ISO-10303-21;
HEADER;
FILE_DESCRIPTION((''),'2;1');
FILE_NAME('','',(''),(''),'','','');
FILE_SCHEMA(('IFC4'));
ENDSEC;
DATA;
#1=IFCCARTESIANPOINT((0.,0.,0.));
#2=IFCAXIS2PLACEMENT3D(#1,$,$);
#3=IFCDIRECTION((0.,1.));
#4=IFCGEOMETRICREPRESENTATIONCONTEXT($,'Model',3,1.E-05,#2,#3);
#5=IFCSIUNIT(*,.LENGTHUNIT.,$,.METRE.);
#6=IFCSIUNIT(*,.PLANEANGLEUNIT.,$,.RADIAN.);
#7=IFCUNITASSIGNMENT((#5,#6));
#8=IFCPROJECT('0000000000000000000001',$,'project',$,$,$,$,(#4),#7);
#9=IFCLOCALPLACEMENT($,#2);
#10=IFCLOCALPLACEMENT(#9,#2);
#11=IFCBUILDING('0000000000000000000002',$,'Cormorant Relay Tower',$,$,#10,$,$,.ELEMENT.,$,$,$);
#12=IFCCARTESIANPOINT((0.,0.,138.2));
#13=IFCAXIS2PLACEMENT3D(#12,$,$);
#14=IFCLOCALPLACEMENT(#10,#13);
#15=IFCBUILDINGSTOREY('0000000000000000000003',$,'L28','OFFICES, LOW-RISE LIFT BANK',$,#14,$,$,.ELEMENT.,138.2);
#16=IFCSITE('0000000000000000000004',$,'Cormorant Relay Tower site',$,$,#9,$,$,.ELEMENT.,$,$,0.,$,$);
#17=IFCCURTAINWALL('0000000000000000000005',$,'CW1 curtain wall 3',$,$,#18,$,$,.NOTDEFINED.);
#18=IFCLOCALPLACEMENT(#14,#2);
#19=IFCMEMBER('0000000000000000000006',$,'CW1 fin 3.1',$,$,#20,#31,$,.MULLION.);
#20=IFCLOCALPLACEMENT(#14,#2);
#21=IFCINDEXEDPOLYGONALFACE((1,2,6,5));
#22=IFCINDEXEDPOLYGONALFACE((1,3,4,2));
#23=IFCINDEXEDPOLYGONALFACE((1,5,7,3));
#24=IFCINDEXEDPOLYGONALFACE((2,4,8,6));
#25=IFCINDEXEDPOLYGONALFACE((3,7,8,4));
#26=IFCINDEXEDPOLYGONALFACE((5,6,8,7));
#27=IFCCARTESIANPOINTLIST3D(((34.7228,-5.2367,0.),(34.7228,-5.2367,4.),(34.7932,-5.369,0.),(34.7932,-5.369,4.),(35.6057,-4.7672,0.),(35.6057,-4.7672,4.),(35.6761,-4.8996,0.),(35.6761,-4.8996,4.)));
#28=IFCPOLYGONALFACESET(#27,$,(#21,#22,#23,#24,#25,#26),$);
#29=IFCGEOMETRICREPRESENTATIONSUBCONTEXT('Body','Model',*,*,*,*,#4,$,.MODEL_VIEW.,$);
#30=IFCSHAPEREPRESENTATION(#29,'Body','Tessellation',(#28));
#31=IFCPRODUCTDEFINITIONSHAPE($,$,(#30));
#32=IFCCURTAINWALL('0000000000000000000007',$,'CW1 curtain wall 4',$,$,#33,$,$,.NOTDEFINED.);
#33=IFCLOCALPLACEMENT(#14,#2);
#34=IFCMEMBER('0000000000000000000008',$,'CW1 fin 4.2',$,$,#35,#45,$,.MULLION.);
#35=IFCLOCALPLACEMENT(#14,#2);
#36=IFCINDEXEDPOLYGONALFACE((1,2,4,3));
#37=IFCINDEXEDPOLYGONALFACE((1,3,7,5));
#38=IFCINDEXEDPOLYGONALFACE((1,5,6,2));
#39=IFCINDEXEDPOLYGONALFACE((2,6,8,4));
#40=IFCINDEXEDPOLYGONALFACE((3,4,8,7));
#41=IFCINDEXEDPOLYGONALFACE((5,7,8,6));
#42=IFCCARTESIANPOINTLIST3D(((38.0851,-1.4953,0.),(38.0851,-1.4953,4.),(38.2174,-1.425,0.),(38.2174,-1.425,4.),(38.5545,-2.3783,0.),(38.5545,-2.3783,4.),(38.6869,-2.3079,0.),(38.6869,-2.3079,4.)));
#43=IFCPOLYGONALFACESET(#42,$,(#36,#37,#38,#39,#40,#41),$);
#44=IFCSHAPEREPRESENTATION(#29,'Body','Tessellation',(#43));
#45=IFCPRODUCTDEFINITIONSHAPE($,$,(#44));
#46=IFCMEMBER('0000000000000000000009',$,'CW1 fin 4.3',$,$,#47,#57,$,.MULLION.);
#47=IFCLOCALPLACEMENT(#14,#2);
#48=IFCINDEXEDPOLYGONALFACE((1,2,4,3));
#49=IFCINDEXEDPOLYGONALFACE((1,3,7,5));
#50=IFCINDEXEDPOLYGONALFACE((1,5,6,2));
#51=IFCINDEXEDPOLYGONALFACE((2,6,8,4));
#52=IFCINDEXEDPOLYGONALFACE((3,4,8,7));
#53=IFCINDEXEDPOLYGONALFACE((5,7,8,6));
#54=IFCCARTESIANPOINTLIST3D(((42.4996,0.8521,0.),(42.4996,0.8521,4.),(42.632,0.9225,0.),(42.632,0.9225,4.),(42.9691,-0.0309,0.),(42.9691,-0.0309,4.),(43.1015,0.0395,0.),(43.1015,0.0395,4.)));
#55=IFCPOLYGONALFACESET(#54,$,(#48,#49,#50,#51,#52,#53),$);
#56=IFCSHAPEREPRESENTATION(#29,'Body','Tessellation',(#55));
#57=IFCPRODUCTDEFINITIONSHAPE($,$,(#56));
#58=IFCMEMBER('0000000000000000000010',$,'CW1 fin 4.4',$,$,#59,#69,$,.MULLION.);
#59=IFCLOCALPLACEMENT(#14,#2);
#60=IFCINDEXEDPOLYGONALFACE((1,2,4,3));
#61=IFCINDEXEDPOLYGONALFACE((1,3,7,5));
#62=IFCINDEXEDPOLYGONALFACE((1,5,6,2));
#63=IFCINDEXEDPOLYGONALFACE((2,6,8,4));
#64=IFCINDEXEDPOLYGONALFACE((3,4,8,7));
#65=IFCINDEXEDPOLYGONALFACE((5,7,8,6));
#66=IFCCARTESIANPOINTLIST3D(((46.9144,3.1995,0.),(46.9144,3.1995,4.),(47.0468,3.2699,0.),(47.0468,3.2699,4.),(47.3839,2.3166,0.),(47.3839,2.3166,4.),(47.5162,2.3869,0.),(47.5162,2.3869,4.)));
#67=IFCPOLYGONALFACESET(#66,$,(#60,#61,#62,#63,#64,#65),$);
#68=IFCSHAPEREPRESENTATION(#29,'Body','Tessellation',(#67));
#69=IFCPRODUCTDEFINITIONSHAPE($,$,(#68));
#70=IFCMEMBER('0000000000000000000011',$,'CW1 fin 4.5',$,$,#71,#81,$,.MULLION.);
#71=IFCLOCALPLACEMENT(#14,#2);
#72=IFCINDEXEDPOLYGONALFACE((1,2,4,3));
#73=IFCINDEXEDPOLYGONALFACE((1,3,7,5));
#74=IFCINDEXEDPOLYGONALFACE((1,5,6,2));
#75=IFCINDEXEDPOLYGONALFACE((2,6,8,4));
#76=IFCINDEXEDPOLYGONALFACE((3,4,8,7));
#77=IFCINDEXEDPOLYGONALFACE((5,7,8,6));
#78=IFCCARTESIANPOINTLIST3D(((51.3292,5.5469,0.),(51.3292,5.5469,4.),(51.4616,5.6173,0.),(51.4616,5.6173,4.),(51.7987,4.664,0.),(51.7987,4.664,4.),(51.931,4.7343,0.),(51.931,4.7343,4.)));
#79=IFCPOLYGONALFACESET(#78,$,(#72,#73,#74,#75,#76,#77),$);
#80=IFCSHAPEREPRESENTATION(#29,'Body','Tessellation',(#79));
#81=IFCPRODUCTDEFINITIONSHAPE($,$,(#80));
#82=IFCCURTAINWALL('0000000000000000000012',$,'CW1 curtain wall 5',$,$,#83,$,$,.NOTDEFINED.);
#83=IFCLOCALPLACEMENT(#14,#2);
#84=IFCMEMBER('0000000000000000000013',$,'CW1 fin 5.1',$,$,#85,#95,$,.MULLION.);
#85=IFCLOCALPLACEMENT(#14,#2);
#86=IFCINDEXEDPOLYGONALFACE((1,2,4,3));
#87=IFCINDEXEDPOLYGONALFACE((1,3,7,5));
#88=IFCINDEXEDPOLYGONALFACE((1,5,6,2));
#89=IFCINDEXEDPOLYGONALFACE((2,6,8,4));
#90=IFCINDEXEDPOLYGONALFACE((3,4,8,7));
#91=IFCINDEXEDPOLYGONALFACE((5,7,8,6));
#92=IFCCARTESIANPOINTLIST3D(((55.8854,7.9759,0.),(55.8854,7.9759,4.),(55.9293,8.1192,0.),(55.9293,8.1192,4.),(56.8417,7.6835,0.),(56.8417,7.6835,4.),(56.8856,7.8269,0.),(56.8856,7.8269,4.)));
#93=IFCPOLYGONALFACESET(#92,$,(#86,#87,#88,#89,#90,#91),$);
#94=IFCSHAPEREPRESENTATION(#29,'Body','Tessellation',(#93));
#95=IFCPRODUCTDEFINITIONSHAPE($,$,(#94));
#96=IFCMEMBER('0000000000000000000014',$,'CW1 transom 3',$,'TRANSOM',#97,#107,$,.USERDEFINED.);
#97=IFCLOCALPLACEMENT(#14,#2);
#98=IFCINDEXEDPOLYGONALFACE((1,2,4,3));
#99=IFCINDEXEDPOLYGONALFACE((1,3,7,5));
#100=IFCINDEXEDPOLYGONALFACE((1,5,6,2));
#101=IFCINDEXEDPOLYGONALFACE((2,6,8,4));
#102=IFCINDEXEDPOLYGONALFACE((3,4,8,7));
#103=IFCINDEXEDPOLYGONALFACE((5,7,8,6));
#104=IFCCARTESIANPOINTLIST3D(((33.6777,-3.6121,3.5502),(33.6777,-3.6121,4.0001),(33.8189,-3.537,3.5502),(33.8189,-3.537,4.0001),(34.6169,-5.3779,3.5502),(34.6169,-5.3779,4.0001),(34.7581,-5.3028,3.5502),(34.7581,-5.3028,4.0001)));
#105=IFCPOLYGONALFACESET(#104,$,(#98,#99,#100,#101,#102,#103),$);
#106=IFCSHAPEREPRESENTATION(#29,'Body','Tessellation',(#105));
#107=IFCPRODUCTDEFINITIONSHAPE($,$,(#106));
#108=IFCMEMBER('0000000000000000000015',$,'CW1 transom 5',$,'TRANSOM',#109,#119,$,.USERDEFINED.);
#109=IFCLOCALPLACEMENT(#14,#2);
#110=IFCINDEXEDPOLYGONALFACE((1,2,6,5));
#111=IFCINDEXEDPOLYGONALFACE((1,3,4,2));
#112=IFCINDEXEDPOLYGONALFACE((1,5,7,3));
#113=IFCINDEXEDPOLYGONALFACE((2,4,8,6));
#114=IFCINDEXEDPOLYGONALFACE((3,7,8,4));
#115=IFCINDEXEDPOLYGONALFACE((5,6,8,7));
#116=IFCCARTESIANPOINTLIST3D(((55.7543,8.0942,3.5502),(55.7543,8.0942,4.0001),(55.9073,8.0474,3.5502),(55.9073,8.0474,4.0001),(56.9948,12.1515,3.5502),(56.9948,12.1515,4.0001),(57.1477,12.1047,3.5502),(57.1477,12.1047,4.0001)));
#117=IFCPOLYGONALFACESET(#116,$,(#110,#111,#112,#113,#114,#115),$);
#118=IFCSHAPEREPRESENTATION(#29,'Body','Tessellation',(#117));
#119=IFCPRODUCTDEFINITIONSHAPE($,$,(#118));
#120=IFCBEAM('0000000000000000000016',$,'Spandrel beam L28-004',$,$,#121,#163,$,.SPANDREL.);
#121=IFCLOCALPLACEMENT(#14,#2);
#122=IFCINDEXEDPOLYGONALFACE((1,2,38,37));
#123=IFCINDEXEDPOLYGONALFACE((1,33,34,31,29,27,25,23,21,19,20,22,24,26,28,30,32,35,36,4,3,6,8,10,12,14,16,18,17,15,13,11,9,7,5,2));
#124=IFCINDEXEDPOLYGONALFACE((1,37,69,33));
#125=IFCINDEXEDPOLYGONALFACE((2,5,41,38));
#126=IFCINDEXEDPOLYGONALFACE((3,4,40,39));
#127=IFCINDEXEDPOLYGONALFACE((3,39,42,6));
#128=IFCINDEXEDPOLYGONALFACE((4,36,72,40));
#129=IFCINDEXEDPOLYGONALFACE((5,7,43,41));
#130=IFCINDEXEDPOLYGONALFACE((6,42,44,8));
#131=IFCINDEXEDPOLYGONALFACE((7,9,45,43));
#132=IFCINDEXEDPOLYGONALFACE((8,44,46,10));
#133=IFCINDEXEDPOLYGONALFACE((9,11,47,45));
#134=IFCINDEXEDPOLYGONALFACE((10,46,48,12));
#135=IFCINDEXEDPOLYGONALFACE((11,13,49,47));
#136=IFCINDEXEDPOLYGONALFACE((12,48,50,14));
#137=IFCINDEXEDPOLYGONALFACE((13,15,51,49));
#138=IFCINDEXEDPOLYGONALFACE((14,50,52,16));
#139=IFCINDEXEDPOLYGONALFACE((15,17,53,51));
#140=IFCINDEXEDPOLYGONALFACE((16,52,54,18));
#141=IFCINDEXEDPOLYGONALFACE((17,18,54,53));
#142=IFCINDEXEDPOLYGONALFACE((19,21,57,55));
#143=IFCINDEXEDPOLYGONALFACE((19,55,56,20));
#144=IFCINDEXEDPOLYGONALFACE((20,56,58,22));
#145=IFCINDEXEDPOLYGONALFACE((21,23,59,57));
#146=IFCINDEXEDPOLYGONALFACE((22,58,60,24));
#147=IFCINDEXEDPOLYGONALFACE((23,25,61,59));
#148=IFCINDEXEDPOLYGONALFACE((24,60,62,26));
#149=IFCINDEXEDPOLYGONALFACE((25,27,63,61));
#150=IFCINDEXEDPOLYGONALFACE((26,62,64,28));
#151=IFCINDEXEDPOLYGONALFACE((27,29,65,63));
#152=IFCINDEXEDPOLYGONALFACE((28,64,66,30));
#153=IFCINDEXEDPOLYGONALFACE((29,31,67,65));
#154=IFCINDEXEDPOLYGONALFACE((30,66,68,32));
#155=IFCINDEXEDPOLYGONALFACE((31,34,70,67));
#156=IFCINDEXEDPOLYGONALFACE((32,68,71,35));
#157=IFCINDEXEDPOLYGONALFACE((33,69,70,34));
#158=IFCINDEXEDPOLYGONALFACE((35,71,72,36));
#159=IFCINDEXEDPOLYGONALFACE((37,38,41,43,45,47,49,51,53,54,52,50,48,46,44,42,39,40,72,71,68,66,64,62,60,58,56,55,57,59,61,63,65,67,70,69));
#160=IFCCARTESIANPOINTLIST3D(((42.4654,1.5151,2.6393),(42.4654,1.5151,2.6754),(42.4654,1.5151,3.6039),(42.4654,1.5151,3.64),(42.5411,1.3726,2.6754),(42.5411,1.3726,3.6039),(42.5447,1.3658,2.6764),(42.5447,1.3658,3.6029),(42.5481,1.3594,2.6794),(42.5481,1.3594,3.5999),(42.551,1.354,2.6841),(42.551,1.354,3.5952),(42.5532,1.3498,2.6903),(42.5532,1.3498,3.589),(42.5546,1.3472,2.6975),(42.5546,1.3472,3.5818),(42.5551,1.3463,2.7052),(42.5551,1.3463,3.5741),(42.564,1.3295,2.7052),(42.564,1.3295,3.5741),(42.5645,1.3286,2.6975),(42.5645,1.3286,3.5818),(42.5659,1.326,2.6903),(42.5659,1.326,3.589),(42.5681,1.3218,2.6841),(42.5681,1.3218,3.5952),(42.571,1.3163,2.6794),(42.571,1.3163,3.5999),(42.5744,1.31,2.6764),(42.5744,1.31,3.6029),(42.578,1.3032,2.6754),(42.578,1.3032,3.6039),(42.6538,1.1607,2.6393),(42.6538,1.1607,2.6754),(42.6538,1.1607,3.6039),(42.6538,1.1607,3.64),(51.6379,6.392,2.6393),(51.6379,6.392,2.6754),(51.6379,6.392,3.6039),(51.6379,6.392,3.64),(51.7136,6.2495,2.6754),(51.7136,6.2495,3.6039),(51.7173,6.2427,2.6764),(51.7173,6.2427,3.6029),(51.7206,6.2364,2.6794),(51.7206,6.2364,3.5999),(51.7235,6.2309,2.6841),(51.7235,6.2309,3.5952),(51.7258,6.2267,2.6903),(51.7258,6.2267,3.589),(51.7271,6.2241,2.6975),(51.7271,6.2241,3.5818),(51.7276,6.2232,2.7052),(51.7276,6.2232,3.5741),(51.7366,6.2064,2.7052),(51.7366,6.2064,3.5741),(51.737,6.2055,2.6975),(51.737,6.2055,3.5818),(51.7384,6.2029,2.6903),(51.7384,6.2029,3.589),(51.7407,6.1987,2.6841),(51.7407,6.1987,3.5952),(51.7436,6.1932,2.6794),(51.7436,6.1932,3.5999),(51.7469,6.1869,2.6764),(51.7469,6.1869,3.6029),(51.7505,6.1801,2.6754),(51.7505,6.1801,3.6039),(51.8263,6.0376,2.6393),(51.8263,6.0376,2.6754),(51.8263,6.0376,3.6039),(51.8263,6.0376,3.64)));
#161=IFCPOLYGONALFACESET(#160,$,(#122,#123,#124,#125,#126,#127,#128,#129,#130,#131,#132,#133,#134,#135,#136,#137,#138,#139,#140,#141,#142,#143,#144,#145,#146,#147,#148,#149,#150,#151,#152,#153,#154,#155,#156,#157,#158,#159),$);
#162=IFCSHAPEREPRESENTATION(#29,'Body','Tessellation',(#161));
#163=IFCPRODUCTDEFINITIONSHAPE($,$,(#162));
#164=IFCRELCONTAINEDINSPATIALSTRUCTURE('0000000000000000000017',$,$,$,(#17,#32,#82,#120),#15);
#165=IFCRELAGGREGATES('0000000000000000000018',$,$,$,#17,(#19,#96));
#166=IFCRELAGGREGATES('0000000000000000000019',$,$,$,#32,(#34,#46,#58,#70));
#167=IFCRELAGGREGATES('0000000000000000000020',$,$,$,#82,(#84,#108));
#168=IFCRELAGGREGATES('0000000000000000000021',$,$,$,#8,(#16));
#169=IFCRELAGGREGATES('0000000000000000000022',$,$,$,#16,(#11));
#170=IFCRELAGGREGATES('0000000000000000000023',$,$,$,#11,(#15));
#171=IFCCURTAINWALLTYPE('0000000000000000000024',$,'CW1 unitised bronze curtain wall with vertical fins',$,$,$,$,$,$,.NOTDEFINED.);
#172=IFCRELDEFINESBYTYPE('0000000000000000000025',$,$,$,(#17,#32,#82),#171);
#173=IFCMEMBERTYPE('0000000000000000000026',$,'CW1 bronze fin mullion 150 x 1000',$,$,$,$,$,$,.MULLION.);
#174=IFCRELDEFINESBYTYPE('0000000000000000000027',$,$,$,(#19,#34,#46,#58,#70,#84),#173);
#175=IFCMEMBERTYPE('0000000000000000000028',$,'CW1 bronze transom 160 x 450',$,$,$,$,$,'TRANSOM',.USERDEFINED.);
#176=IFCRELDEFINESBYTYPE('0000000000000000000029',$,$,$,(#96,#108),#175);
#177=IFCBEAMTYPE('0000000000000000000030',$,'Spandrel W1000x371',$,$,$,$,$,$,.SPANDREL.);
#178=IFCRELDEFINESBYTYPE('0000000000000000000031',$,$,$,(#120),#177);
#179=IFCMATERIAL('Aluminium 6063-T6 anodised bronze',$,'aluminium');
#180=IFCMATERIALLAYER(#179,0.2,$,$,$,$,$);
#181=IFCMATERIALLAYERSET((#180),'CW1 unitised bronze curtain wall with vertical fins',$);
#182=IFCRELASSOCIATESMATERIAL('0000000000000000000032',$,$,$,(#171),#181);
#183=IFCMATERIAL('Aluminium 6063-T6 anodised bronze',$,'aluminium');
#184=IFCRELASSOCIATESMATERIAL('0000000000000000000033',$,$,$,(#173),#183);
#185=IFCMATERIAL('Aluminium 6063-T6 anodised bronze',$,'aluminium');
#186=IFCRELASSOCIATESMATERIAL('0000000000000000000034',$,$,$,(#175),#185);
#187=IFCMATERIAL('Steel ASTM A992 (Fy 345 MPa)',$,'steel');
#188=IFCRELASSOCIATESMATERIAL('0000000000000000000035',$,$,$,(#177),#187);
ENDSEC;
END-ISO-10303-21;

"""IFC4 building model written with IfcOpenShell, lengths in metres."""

from ifc_helpers import new_model, si_unit, direction, frame, origin, origin_2d, place, context, subcontext, project, spatial, rectangle, i_section, extrude, material, layer, layer_set, material_profile, profile_set, type_object, element, aggregate, save


model = new_model("IFC4")

# Units and contexts
model_context = context("Model", 3, precision=1e-05, world=origin(), true_north=direction((0.0, 1.0)))
body_context = subcontext(model_context, "Body", "Model", "MODEL_VIEW")
ifc_project = project(units=[si_unit("LENGTHUNIT", "METRE"), si_unit("PLANEANGLEUNIT", "RADIAN")], contexts=[model_context])

# Site, building, storey
site_placement = place(None, origin())
site = spatial("IfcSite", under=ifc_project, at=site_placement, Name="Cormorant Relay Tower site", CompositionType="ELEMENT", RefElevation=0.0)
building_placement = place(site_placement, origin())
building = spatial("IfcBuilding", under=site, at=building_placement, Name="Cormorant Relay Tower", CompositionType="ELEMENT")
storey_placement = place(building_placement, frame((0.0, 0.0, 138.2)))
storey = spatial("IfcBuildingStorey", under=building, at=storey_placement, Name="L28", Description="OFFICES, LOW-RISE LIFT BANK", CompositionType="ELEMENT", Elevation=138.2)

# Curtain wall, member
ifc_material_1 = material(Name="Aluminium 6063-T6 anodised bronze", Category="aluminium")
ifc_layer_1 = layer(ifc_material_1, 0.2)
ifc_layer_set_1 = layer_set([ifc_layer_1], Name="CW1 unitised bronze curtain wall with vertical fins")
curtain_wall_type = type_object("IfcCurtainWallType", Name="CW1 unitised bronze curtain wall with vertical fins", PredefinedType="NOTDEFINED", material=ifc_layer_set_1)
curtain_wall_1_placement = place(storey_placement, origin())
curtain_wall_1 = element("IfcCurtainWall", 1, at=curtain_wall_1_placement, inside=storey, type_object=curtain_wall_type, Name="CW1 curtain wall 3", PredefinedType="NOTDEFINED")
ifc_material_2 = material(Name="Aluminium 6063-T6 anodised bronze", Category="aluminium")
ifc_material_profile_1 = material_profile(ifc_material_2, rectangle(XDim=0.1499, YDim=1.0, at=origin_2d()), Name="AL 150x1000")
ifc_profile_set_1 = profile_set([ifc_material_profile_1], Name="Aluminium 6063-T6 anodised bronze")
member_type_1 = type_object("IfcMemberType", Name="CW1 bronze fin mullion 150 x 1000", PredefinedType="MULLION", material=ifc_profile_set_1)
member_1_placement = place(storey_placement, frame((35.1995, -5.0681, 0.0), z_axis=(0.0, 0.0, 1.0), x_axis=(-0.469472, 0.882948, 0.0)))
member_1 = element("IfcMember", 2, at=member_1_placement, type_object=member_type_1, Name="CW1 fin 3.1", PredefinedType="MULLION", context=body_context, shape_type="SweptSolid", body=[
    extrude(rectangle(XDim=0.1499, YDim=1.0, at=origin_2d()), origin(), (0.0, 0.0, 1.0), 4.0),
])

# Curtain wall, members
curtain_wall_2_placement = place(storey_placement, origin())
curtain_wall_2 = element("IfcCurtainWall", 3, at=curtain_wall_2_placement, inside=storey, type_object=curtain_wall_type, Name="CW1 curtain wall 4", PredefinedType="NOTDEFINED")
member_2_placement = place(storey_placement, frame((38.386, -1.9016, 0.0), z_axis=(0.0, 0.0, 1.0), x_axis=(0.882948, 0.469472, 0.0)))
member_2 = element("IfcMember", 4, at=member_2_placement, type_object=member_type_1, Name="CW1 fin 4.2", PredefinedType="MULLION", context=body_context, shape_type="SweptSolid", body=[
    extrude(rectangle(XDim=0.1499, YDim=1.0, at=origin_2d()), origin(), (0.0, 0.0, 1.0), 4.0),
])
member_3_placement = place(storey_placement, frame((42.8005, 0.4458, 0.0), z_axis=(0.0, 0.0, 1.0), x_axis=(0.882948, 0.469472, 0.0)))
member_3 = element("IfcMember", 5, at=member_3_placement, type_object=member_type_1, Name="CW1 fin 4.3", PredefinedType="MULLION", context=body_context, shape_type="SweptSolid", body=[
    extrude(rectangle(XDim=0.1499, YDim=1.0, at=origin_2d()), origin(), (0.0, 0.0, 1.0), 4.0),
])
member_4_placement = place(storey_placement, frame((47.2153, 2.7932, 0.0), z_axis=(0.0, 0.0, 1.0), x_axis=(0.882948, 0.469472, 0.0)))
member_4 = element("IfcMember", 6, at=member_4_placement, type_object=member_type_1, Name="CW1 fin 4.4", PredefinedType="MULLION", context=body_context, shape_type="SweptSolid", body=[
    extrude(rectangle(XDim=0.1499, YDim=1.0, at=origin_2d()), origin(), (0.0, 0.0, 1.0), 4.0),
])
member_5_placement = place(storey_placement, frame((51.6301, 5.1406, 0.0), z_axis=(0.0, 0.0, 1.0), x_axis=(0.882948, 0.469472, 0.0)))
member_5 = element("IfcMember", 7, at=member_5_placement, type_object=member_type_1, Name="CW1 fin 4.5", PredefinedType="MULLION", context=body_context, shape_type="SweptSolid", body=[
    extrude(rectangle(XDim=0.1499, YDim=1.0, at=origin_2d()), origin(), (0.0, 0.0, 1.0), 4.0),
])

# Curtain wall, member
curtain_wall_3_placement = place(storey_placement, origin())
curtain_wall_3 = element("IfcCurtainWall", 8, at=curtain_wall_3_placement, inside=storey, type_object=curtain_wall_type, Name="CW1 curtain wall 5", PredefinedType="NOTDEFINED")
member_6_placement = place(storey_placement, frame((56.3855, 7.9014, 0.0), z_axis=(0.0, 0.0, 1.0), x_axis=(0.292372, 0.956305, 0.0)))
member_6 = element("IfcMember", 9, at=member_6_placement, type_object=member_type_1, Name="CW1 fin 5.1", PredefinedType="MULLION", context=body_context, shape_type="SweptSolid", body=[
    extrude(rectangle(XDim=0.1499, YDim=1.0, at=origin_2d()), origin(), (0.0, 0.0, 1.0), 4.0),
])

# Members
ifc_material_3 = material(Name="Aluminium 6063-T6 anodised bronze", Category="aluminium")
ifc_material_profile_2 = material_profile(ifc_material_3, rectangle(XDim=0.1599, YDim=0.45, at=origin_2d()), Name="AL 160x450")
ifc_profile_set_2 = profile_set([ifc_material_profile_2], Name="Aluminium 6063-T6 anodised bronze")
member_type_2 = type_object("IfcMemberType", Name="CW1 bronze transom 160 x 450", ElementType="TRANSOM", PredefinedType="USERDEFINED", material=ifc_profile_set_2)
member_7_placement = place(storey_placement, frame((34.6875, -5.3403, 3.7751), z_axis=(-0.469581, 0.88289, 0.0), x_axis=(-0.88289, -0.469581, 0.0)))
member_7 = element("IfcMember", 10, at=member_7_placement, type_object=member_type_2, Name="CW1 transom 3", ObjectType="TRANSOM", PredefinedType="USERDEFINED", context=body_context, shape_type="SweptSolid", body=[
    extrude(rectangle(XDim=0.1599, YDim=0.45, at=origin_2d()), origin(), (0.0, 0.0, 1.0), 2.0),
])
aggregate(curtain_wall_1, [member_1, member_7])
member_8_placement = place(storey_placement, frame((55.8308, 8.0708, 3.7751), z_axis=(0.292375, 0.956304, 0.0), x_axis=(-0.956304, 0.292375, 0.0)))
member_8 = element("IfcMember", 11, at=member_8_placement, type_object=member_type_2, Name="CW1 transom 5", ObjectType="TRANSOM", PredefinedType="USERDEFINED", context=body_context, shape_type="SweptSolid", body=[
    extrude(rectangle(XDim=0.1599, YDim=0.45, at=origin_2d()), origin(), (0.0, 0.0, 1.0), 4.2427),
])

# Beam
ifc_material_4 = material(Name="Steel ASTM A992 (Fy 345 MPa)", Category="steel")
ifc_material_profile_3 = material_profile(ifc_material_4, i_section(OverallWidth=0.4014, OverallDepth=1.0007, WebThickness=0.019, FlangeThickness=0.0361, FilletRadius=0.0298, at=origin_2d()), Name="W1000x371")
ifc_profile_set_3 = profile_set([ifc_material_profile_3], Name="Steel ASTM A992 (Fy 345 MPa)")
beam_type = type_object("IfcBeamType", Name="Spandrel W1000x371", PredefinedType="SPANDREL", material=ifc_profile_set_3)
beam_1_placement = place(storey_placement, frame((42.5596, 1.3379, 3.1396), z_axis=(0.882956, 0.469456, 0.0), x_axis=(-0.469456, 0.882956, 0.0)))
element("IfcBeam", 12, at=beam_1_placement, inside=storey, type_object=beam_type, Name="Spandrel beam L28-004", PredefinedType="SPANDREL", context=body_context, shape_type="SweptSolid", body=[
    extrude(i_section(OverallWidth=0.4014, OverallDepth=1.0007, WebThickness=0.019, FlangeThickness=0.0361, FilletRadius=0.0298, at=origin_2d()), origin(), (0.0, 0.0, 1.0), 10.3884),
])

aggregate(curtain_wall_2, [member_2, member_3, member_4, member_5])
aggregate(curtain_wall_3, [member_6, member_8])

save(model, "model.ifc")
